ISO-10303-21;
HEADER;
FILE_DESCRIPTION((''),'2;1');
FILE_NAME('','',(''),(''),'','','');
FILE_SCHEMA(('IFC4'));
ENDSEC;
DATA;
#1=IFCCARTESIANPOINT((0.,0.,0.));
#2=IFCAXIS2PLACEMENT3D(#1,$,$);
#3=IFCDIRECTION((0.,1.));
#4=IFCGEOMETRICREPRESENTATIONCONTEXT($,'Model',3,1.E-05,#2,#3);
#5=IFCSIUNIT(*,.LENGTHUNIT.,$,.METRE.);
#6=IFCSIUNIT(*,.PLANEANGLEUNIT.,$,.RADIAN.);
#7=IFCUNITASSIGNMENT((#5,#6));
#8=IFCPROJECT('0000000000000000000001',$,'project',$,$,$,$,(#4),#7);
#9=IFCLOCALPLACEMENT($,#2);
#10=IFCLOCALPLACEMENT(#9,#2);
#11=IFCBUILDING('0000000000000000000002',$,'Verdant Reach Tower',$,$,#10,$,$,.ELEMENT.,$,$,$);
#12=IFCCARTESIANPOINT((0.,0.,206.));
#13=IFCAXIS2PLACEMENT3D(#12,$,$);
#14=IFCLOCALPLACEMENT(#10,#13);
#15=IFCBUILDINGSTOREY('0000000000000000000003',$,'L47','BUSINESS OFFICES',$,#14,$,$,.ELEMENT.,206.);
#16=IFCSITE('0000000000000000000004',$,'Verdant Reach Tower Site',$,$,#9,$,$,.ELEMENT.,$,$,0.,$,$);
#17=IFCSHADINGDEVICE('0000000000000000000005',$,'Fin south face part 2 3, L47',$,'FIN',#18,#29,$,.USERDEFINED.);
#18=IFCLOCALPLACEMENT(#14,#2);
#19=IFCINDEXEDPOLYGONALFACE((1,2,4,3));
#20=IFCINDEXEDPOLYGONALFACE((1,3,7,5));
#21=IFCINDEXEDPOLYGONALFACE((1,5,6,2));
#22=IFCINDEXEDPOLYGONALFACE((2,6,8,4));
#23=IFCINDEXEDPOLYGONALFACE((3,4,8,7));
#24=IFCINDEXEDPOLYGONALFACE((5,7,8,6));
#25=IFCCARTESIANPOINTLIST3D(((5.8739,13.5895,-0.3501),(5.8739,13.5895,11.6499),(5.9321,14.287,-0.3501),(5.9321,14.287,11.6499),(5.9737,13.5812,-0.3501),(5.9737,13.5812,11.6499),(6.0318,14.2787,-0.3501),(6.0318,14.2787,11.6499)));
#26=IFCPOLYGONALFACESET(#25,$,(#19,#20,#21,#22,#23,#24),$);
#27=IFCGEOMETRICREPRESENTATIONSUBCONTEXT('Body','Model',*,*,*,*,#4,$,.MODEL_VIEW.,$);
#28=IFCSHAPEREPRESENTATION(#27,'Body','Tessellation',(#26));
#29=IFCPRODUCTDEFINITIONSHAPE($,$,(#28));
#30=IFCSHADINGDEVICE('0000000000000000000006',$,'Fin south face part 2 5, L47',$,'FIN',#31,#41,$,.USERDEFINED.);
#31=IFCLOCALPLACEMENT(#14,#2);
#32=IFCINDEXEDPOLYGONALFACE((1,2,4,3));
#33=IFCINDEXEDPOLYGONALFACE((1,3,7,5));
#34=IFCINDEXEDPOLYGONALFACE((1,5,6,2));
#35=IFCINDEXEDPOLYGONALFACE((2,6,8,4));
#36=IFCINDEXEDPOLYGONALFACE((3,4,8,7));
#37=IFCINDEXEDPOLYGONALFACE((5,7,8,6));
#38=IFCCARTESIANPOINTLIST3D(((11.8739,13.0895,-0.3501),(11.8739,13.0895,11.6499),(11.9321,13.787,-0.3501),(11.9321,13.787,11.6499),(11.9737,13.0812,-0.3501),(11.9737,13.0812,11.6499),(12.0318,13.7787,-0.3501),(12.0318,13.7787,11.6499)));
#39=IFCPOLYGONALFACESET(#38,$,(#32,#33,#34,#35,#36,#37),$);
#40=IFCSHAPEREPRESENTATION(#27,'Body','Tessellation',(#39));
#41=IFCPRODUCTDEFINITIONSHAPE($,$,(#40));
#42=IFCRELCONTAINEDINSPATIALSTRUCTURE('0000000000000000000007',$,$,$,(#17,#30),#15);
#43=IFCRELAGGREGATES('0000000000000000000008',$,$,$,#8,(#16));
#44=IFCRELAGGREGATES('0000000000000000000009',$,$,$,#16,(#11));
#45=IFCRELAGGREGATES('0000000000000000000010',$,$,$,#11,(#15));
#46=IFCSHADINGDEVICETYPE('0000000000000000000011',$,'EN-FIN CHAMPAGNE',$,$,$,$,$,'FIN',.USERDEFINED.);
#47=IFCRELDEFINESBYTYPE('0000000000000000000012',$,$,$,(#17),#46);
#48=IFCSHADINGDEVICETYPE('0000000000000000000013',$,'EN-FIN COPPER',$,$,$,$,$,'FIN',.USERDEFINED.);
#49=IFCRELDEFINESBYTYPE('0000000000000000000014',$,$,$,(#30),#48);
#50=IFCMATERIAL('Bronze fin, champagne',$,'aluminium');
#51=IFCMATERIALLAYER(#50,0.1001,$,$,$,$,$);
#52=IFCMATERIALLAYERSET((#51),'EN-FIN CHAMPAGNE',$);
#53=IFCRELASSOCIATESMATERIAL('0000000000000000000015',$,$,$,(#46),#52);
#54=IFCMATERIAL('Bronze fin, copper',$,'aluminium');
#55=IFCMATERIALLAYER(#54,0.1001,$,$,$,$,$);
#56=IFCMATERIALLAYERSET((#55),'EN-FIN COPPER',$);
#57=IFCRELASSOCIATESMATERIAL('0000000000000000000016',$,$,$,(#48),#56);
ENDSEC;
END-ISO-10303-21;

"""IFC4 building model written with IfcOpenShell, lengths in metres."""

from ifc_helpers import new_model, si_unit, direction, frame, origin, origin_2d, place, context, subcontext, project, spatial, rectangle, extrude, material, layer, layer_set, type_object, element, save


model = new_model("IFC4")

# Units and contexts
model_context = context("Model", 3, precision=1e-05, world=origin(), true_north=direction((0.0, 1.0)))
body_context = subcontext(model_context, "Body", "Model", "MODEL_VIEW")
ifc_project = project(units=[si_unit("LENGTHUNIT", "METRE"), si_unit("PLANEANGLEUNIT", "RADIAN")], contexts=[model_context])

# Site, building, storey
site_placement = place(None, origin())
site = spatial("IfcSite", under=ifc_project, at=site_placement, Name="Verdant Reach Tower Site", CompositionType="ELEMENT", RefElevation=0.0)
building_placement = place(site_placement, origin())
building = spatial("IfcBuilding", under=site, at=building_placement, Name="Verdant Reach Tower", CompositionType="ELEMENT")
storey_placement = place(building_placement, frame((0.0, 0.0, 206.0)))
storey = spatial("IfcBuildingStorey", under=building, at=storey_placement, Name="L47", Description="BUSINESS OFFICES", CompositionType="ELEMENT", Elevation=206.0)

# Shading devices
ifc_material_1 = material(Name="Bronze fin, champagne", Category="aluminium")
ifc_layer_1 = layer(ifc_material_1, 0.1001)
ifc_layer_set_1 = layer_set([ifc_layer_1], Name="EN-FIN CHAMPAGNE")
shading_device_type_1 = type_object("IfcShadingDeviceType", Name="EN-FIN CHAMPAGNE", ElementType="FIN", PredefinedType="USERDEFINED", material=ifc_layer_set_1)
for number, where, z_axis, x_axis, name in (
    (1, (5.9529, 13.9341, -0.3501), (0.0, 0.0, 1.0), (0.996546, -0.083045, 0.0), "Fin south face part 2 3, L47"),
):
    element("IfcShadingDevice", number, at=place(storey_placement, frame(where, z_axis=z_axis, x_axis=x_axis)), inside=storey, type_object=shading_device_type_1, Name=name, ObjectType="FIN", PredefinedType="USERDEFINED", context=body_context, shape_type="SweptSolid", body=[
        extrude(rectangle(XDim=0.1001, YDim=0.7, at=origin_2d()), origin(), (0.0, 0.0, 1.0), 12.0),
    ])
ifc_material_2 = material(Name="Bronze fin, copper", Category="aluminium")
ifc_layer_2 = layer(ifc_material_2, 0.1001)
ifc_layer_set_2 = layer_set([ifc_layer_2], Name="EN-FIN COPPER")
shading_device_type_2 = type_object("IfcShadingDeviceType", Name="EN-FIN COPPER", ElementType="FIN", PredefinedType="USERDEFINED", material=ifc_layer_set_2)
shading_device_placement = place(storey_placement, frame((11.9529, 13.4341, -0.3501), z_axis=(0.0, 0.0, 1.0), x_axis=(0.996546, -0.083045, 0.0)))
element("IfcShadingDevice", 2, at=shading_device_placement, inside=storey, type_object=shading_device_type_2, Name="Fin south face part 2 5, L47", ObjectType="FIN", PredefinedType="USERDEFINED", context=body_context, shape_type="SweptSolid", body=[
    extrude(rectangle(XDim=0.1001, YDim=0.7, at=origin_2d()), origin(), (0.0, 0.0, 1.0), 12.0),
])

save(model, "model.ifc")
